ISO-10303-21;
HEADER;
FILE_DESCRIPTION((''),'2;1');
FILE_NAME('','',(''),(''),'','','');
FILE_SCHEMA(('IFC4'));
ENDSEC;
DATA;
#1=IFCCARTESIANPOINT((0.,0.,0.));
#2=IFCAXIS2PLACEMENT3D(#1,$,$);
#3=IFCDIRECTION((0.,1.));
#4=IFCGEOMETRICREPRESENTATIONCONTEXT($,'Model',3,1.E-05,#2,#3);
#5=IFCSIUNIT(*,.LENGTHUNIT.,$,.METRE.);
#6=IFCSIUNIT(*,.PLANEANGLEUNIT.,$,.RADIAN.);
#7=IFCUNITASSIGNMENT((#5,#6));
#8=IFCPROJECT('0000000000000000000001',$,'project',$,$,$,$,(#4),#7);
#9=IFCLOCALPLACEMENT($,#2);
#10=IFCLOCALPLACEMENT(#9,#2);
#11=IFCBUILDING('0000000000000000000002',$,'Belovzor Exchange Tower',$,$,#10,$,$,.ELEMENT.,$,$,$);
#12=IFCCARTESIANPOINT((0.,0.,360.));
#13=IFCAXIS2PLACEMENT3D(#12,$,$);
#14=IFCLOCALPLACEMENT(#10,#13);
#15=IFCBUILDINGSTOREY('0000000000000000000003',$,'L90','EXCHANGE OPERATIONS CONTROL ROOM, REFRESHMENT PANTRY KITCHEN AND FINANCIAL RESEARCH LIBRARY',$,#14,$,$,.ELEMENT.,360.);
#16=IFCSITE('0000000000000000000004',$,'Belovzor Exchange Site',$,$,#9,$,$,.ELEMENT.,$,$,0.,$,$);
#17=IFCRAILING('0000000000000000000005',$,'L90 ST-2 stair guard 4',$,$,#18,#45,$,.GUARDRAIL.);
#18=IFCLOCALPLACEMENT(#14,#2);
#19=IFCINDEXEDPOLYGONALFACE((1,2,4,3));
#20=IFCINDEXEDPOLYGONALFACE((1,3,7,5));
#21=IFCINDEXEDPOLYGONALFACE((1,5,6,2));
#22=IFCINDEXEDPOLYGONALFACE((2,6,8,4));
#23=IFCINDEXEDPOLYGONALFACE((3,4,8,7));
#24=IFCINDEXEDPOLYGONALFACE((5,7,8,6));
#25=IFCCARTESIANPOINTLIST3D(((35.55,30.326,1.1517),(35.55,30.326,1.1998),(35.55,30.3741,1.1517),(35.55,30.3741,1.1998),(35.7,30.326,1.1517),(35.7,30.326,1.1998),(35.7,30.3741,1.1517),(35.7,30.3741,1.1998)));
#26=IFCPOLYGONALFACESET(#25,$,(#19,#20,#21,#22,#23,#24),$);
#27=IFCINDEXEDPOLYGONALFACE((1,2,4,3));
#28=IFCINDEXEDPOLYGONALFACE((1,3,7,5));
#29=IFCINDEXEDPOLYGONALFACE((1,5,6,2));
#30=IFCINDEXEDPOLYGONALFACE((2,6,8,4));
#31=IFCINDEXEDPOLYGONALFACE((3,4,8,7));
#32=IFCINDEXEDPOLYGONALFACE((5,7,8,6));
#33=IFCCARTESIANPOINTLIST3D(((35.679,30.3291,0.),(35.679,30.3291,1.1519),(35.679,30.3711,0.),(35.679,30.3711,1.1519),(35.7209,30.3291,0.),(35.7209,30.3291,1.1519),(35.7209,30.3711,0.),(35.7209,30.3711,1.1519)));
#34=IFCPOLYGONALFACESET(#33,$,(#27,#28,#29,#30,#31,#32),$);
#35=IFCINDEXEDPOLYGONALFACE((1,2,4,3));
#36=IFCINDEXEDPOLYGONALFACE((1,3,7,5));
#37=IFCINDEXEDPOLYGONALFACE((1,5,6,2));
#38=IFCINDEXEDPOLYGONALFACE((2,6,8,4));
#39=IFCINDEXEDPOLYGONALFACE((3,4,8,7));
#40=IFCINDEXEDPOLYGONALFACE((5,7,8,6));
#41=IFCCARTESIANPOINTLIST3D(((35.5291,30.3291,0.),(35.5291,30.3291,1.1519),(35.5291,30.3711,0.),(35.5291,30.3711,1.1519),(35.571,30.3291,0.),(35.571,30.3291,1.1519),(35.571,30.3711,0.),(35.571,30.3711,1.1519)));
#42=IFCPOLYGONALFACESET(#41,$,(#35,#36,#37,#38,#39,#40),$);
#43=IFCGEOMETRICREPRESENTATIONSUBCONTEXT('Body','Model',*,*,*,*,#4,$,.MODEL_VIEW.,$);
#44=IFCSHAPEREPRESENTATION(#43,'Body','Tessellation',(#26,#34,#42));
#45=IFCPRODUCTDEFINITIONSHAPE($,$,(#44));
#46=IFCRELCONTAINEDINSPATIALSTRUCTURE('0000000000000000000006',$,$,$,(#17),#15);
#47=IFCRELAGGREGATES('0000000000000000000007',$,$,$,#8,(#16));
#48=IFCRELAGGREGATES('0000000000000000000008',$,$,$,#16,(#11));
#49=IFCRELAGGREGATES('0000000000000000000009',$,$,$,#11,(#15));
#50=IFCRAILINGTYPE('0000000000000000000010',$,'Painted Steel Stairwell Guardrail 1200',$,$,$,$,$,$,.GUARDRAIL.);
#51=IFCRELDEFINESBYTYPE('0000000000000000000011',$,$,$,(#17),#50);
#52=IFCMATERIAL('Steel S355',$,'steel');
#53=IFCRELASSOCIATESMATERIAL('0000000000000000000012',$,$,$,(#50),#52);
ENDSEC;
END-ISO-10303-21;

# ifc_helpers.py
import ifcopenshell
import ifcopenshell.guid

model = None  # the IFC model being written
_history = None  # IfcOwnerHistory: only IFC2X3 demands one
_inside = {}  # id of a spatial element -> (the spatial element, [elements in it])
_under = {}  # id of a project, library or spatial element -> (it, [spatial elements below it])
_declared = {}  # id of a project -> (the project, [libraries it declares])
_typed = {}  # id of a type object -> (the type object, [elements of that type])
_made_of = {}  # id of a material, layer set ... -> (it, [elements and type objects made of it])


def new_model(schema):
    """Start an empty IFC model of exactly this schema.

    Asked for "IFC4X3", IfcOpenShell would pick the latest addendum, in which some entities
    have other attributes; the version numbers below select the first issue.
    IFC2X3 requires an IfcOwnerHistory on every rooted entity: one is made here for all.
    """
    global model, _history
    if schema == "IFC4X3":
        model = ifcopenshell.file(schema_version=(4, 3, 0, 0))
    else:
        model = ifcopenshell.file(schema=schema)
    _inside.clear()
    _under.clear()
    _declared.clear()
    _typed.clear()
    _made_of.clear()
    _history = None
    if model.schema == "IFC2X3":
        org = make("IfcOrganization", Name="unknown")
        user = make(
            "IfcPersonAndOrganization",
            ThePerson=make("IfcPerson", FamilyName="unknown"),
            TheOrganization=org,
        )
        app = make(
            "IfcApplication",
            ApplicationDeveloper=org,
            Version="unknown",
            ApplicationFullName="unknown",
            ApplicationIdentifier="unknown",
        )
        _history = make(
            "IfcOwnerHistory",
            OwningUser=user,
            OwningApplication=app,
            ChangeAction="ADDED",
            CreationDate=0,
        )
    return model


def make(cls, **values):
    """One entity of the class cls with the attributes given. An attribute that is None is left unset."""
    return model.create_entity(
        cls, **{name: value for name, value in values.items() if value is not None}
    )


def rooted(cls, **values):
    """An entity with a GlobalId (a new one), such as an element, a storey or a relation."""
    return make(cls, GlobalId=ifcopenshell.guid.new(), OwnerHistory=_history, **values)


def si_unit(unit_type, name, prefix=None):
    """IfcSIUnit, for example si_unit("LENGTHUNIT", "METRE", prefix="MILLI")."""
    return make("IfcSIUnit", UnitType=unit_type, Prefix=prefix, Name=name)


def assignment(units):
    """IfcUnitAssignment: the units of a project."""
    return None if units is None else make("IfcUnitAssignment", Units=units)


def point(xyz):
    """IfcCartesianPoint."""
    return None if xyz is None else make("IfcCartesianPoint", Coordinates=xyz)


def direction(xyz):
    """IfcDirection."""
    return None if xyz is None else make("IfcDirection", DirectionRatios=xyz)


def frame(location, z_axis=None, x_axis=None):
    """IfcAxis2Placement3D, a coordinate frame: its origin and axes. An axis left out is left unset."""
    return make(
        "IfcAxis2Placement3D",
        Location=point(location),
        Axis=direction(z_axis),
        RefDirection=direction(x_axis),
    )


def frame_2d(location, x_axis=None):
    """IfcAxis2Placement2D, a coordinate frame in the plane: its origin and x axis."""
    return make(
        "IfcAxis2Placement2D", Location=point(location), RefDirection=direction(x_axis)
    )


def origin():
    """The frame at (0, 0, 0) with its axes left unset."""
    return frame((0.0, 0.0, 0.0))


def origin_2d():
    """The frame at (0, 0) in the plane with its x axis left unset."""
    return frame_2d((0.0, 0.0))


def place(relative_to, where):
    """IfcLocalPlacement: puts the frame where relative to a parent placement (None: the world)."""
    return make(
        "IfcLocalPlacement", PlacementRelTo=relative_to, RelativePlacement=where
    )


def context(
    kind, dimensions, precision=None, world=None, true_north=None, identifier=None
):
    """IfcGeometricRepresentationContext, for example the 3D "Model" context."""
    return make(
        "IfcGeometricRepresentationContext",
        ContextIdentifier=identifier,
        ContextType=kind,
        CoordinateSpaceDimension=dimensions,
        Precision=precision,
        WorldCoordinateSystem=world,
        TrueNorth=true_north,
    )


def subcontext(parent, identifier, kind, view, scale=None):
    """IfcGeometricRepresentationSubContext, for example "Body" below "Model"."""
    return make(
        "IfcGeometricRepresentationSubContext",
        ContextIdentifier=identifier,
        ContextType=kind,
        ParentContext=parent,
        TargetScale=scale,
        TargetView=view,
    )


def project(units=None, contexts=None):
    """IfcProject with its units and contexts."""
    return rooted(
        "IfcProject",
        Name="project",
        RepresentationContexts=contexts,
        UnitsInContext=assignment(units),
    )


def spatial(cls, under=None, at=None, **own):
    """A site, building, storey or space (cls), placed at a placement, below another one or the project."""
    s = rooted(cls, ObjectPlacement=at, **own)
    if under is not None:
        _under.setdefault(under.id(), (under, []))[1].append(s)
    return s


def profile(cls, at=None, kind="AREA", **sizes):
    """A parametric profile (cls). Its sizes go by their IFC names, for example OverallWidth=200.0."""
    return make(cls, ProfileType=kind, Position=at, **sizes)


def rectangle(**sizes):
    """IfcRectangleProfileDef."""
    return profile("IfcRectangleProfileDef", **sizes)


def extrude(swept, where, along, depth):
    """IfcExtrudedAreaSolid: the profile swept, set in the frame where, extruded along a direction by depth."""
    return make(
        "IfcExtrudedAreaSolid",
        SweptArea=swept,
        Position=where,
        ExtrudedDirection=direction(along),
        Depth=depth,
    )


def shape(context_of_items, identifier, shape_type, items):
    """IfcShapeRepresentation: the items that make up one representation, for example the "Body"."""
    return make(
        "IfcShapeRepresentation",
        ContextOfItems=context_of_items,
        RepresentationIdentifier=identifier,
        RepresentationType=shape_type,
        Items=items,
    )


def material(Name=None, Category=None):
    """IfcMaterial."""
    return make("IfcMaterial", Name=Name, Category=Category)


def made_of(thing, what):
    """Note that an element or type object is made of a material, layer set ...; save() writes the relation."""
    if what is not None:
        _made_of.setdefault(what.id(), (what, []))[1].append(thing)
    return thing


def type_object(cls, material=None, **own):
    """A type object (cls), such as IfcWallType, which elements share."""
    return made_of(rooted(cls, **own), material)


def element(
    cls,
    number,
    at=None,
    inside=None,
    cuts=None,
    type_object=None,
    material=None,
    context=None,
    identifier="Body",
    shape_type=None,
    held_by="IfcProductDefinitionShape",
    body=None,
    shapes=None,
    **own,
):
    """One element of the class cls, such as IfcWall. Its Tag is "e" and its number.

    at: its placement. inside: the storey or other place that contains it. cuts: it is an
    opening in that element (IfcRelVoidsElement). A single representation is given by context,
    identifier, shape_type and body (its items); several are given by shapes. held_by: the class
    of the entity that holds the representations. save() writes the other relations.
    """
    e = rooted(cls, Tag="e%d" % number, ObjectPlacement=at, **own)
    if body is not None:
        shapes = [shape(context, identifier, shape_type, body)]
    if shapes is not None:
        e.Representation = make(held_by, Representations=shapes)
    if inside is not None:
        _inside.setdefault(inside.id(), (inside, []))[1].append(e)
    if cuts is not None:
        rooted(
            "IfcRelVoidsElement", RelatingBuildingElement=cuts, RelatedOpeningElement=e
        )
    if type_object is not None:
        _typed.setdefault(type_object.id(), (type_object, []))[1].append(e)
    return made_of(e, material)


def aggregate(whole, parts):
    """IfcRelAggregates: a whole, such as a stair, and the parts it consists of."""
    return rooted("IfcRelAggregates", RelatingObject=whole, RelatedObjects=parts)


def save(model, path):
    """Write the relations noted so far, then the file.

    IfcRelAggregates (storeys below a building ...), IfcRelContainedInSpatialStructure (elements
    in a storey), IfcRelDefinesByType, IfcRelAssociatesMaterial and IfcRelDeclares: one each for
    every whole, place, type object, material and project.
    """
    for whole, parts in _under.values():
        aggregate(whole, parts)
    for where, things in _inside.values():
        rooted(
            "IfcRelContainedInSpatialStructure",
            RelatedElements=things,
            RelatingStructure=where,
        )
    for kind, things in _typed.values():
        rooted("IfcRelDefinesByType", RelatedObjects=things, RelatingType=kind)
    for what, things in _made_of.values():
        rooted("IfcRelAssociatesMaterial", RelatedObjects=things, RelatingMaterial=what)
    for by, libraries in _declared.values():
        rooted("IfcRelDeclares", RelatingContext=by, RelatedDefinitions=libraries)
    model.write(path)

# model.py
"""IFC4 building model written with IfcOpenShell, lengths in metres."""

from ifc_helpers import new_model, si_unit, direction, frame, origin, origin_2d, place, context, subcontext, project, spatial, rectangle, extrude, material, type_object, element, save


model = new_model("IFC4")

# Units and contexts
model_context = context("Model", 3, precision=1e-05, world=origin(), true_north=direction((0.0, 1.0)))
body_context = subcontext(model_context, "Body", "Model", "MODEL_VIEW")
ifc_project = project(units=[si_unit("LENGTHUNIT", "METRE"), si_unit("PLANEANGLEUNIT", "RADIAN")], contexts=[model_context])

# Site, building, storey
site_placement = place(None, origin())
site = spatial("IfcSite", under=ifc_project, at=site_placement, Name="Belovzor Exchange Site", CompositionType="ELEMENT", RefElevation=0.0)
building_placement = place(site_placement, origin())
building = spatial("IfcBuilding", under=site, at=building_placement, Name="Belovzor Exchange Tower", CompositionType="ELEMENT")
storey_placement = place(building_placement, frame((0.0, 0.0, 360.0)))
storey = spatial("IfcBuildingStorey", under=building, at=storey_placement, Name="L90", Description="EXCHANGE OPERATIONS CONTROL ROOM, REFRESHMENT PANTRY KITCHEN AND FINANCIAL RESEARCH LIBRARY", CompositionType="ELEMENT", Elevation=360.0)

# Railing
ifc_material_1 = material(Name="Steel S355", Category="steel")
railing_type_1 = type_object("IfcRailingType", Name="Painted Steel Stairwell Guardrail 1200", PredefinedType="GUARDRAIL", material=ifc_material_1)
railing_1_placement = place(storey_placement, frame((35.7, 30.3501, 0.0)))
element("IfcRailing", 1, at=railing_1_placement, inside=storey, type_object=railing_type_1, Name="L90 ST-2 stair guard 4", PredefinedType="GUARDRAIL", context=body_context, shape_type="SweptSolid", body=[
    extrude(rectangle(XDim=0.0481, YDim=0.0481, at=origin_2d()), frame((0.0, 0.0, 1.1758), z_axis=(-1.0, 0.0, 0.0), x_axis=(0.0, -1.0, 0.0)), (0.0, 0.0, 1.0), 0.1499),
    extrude(rectangle(XDim=0.042, YDim=0.042, at=origin_2d()), origin(), (0.0, 0.0, 1.0), 1.1519),
    extrude(rectangle(XDim=0.042, YDim=0.042, at=origin_2d()), frame((-0.1499, 0.0, 0.0)), (0.0, 0.0, 1.0), 1.1519),
])

save(model, "model.ifc")
